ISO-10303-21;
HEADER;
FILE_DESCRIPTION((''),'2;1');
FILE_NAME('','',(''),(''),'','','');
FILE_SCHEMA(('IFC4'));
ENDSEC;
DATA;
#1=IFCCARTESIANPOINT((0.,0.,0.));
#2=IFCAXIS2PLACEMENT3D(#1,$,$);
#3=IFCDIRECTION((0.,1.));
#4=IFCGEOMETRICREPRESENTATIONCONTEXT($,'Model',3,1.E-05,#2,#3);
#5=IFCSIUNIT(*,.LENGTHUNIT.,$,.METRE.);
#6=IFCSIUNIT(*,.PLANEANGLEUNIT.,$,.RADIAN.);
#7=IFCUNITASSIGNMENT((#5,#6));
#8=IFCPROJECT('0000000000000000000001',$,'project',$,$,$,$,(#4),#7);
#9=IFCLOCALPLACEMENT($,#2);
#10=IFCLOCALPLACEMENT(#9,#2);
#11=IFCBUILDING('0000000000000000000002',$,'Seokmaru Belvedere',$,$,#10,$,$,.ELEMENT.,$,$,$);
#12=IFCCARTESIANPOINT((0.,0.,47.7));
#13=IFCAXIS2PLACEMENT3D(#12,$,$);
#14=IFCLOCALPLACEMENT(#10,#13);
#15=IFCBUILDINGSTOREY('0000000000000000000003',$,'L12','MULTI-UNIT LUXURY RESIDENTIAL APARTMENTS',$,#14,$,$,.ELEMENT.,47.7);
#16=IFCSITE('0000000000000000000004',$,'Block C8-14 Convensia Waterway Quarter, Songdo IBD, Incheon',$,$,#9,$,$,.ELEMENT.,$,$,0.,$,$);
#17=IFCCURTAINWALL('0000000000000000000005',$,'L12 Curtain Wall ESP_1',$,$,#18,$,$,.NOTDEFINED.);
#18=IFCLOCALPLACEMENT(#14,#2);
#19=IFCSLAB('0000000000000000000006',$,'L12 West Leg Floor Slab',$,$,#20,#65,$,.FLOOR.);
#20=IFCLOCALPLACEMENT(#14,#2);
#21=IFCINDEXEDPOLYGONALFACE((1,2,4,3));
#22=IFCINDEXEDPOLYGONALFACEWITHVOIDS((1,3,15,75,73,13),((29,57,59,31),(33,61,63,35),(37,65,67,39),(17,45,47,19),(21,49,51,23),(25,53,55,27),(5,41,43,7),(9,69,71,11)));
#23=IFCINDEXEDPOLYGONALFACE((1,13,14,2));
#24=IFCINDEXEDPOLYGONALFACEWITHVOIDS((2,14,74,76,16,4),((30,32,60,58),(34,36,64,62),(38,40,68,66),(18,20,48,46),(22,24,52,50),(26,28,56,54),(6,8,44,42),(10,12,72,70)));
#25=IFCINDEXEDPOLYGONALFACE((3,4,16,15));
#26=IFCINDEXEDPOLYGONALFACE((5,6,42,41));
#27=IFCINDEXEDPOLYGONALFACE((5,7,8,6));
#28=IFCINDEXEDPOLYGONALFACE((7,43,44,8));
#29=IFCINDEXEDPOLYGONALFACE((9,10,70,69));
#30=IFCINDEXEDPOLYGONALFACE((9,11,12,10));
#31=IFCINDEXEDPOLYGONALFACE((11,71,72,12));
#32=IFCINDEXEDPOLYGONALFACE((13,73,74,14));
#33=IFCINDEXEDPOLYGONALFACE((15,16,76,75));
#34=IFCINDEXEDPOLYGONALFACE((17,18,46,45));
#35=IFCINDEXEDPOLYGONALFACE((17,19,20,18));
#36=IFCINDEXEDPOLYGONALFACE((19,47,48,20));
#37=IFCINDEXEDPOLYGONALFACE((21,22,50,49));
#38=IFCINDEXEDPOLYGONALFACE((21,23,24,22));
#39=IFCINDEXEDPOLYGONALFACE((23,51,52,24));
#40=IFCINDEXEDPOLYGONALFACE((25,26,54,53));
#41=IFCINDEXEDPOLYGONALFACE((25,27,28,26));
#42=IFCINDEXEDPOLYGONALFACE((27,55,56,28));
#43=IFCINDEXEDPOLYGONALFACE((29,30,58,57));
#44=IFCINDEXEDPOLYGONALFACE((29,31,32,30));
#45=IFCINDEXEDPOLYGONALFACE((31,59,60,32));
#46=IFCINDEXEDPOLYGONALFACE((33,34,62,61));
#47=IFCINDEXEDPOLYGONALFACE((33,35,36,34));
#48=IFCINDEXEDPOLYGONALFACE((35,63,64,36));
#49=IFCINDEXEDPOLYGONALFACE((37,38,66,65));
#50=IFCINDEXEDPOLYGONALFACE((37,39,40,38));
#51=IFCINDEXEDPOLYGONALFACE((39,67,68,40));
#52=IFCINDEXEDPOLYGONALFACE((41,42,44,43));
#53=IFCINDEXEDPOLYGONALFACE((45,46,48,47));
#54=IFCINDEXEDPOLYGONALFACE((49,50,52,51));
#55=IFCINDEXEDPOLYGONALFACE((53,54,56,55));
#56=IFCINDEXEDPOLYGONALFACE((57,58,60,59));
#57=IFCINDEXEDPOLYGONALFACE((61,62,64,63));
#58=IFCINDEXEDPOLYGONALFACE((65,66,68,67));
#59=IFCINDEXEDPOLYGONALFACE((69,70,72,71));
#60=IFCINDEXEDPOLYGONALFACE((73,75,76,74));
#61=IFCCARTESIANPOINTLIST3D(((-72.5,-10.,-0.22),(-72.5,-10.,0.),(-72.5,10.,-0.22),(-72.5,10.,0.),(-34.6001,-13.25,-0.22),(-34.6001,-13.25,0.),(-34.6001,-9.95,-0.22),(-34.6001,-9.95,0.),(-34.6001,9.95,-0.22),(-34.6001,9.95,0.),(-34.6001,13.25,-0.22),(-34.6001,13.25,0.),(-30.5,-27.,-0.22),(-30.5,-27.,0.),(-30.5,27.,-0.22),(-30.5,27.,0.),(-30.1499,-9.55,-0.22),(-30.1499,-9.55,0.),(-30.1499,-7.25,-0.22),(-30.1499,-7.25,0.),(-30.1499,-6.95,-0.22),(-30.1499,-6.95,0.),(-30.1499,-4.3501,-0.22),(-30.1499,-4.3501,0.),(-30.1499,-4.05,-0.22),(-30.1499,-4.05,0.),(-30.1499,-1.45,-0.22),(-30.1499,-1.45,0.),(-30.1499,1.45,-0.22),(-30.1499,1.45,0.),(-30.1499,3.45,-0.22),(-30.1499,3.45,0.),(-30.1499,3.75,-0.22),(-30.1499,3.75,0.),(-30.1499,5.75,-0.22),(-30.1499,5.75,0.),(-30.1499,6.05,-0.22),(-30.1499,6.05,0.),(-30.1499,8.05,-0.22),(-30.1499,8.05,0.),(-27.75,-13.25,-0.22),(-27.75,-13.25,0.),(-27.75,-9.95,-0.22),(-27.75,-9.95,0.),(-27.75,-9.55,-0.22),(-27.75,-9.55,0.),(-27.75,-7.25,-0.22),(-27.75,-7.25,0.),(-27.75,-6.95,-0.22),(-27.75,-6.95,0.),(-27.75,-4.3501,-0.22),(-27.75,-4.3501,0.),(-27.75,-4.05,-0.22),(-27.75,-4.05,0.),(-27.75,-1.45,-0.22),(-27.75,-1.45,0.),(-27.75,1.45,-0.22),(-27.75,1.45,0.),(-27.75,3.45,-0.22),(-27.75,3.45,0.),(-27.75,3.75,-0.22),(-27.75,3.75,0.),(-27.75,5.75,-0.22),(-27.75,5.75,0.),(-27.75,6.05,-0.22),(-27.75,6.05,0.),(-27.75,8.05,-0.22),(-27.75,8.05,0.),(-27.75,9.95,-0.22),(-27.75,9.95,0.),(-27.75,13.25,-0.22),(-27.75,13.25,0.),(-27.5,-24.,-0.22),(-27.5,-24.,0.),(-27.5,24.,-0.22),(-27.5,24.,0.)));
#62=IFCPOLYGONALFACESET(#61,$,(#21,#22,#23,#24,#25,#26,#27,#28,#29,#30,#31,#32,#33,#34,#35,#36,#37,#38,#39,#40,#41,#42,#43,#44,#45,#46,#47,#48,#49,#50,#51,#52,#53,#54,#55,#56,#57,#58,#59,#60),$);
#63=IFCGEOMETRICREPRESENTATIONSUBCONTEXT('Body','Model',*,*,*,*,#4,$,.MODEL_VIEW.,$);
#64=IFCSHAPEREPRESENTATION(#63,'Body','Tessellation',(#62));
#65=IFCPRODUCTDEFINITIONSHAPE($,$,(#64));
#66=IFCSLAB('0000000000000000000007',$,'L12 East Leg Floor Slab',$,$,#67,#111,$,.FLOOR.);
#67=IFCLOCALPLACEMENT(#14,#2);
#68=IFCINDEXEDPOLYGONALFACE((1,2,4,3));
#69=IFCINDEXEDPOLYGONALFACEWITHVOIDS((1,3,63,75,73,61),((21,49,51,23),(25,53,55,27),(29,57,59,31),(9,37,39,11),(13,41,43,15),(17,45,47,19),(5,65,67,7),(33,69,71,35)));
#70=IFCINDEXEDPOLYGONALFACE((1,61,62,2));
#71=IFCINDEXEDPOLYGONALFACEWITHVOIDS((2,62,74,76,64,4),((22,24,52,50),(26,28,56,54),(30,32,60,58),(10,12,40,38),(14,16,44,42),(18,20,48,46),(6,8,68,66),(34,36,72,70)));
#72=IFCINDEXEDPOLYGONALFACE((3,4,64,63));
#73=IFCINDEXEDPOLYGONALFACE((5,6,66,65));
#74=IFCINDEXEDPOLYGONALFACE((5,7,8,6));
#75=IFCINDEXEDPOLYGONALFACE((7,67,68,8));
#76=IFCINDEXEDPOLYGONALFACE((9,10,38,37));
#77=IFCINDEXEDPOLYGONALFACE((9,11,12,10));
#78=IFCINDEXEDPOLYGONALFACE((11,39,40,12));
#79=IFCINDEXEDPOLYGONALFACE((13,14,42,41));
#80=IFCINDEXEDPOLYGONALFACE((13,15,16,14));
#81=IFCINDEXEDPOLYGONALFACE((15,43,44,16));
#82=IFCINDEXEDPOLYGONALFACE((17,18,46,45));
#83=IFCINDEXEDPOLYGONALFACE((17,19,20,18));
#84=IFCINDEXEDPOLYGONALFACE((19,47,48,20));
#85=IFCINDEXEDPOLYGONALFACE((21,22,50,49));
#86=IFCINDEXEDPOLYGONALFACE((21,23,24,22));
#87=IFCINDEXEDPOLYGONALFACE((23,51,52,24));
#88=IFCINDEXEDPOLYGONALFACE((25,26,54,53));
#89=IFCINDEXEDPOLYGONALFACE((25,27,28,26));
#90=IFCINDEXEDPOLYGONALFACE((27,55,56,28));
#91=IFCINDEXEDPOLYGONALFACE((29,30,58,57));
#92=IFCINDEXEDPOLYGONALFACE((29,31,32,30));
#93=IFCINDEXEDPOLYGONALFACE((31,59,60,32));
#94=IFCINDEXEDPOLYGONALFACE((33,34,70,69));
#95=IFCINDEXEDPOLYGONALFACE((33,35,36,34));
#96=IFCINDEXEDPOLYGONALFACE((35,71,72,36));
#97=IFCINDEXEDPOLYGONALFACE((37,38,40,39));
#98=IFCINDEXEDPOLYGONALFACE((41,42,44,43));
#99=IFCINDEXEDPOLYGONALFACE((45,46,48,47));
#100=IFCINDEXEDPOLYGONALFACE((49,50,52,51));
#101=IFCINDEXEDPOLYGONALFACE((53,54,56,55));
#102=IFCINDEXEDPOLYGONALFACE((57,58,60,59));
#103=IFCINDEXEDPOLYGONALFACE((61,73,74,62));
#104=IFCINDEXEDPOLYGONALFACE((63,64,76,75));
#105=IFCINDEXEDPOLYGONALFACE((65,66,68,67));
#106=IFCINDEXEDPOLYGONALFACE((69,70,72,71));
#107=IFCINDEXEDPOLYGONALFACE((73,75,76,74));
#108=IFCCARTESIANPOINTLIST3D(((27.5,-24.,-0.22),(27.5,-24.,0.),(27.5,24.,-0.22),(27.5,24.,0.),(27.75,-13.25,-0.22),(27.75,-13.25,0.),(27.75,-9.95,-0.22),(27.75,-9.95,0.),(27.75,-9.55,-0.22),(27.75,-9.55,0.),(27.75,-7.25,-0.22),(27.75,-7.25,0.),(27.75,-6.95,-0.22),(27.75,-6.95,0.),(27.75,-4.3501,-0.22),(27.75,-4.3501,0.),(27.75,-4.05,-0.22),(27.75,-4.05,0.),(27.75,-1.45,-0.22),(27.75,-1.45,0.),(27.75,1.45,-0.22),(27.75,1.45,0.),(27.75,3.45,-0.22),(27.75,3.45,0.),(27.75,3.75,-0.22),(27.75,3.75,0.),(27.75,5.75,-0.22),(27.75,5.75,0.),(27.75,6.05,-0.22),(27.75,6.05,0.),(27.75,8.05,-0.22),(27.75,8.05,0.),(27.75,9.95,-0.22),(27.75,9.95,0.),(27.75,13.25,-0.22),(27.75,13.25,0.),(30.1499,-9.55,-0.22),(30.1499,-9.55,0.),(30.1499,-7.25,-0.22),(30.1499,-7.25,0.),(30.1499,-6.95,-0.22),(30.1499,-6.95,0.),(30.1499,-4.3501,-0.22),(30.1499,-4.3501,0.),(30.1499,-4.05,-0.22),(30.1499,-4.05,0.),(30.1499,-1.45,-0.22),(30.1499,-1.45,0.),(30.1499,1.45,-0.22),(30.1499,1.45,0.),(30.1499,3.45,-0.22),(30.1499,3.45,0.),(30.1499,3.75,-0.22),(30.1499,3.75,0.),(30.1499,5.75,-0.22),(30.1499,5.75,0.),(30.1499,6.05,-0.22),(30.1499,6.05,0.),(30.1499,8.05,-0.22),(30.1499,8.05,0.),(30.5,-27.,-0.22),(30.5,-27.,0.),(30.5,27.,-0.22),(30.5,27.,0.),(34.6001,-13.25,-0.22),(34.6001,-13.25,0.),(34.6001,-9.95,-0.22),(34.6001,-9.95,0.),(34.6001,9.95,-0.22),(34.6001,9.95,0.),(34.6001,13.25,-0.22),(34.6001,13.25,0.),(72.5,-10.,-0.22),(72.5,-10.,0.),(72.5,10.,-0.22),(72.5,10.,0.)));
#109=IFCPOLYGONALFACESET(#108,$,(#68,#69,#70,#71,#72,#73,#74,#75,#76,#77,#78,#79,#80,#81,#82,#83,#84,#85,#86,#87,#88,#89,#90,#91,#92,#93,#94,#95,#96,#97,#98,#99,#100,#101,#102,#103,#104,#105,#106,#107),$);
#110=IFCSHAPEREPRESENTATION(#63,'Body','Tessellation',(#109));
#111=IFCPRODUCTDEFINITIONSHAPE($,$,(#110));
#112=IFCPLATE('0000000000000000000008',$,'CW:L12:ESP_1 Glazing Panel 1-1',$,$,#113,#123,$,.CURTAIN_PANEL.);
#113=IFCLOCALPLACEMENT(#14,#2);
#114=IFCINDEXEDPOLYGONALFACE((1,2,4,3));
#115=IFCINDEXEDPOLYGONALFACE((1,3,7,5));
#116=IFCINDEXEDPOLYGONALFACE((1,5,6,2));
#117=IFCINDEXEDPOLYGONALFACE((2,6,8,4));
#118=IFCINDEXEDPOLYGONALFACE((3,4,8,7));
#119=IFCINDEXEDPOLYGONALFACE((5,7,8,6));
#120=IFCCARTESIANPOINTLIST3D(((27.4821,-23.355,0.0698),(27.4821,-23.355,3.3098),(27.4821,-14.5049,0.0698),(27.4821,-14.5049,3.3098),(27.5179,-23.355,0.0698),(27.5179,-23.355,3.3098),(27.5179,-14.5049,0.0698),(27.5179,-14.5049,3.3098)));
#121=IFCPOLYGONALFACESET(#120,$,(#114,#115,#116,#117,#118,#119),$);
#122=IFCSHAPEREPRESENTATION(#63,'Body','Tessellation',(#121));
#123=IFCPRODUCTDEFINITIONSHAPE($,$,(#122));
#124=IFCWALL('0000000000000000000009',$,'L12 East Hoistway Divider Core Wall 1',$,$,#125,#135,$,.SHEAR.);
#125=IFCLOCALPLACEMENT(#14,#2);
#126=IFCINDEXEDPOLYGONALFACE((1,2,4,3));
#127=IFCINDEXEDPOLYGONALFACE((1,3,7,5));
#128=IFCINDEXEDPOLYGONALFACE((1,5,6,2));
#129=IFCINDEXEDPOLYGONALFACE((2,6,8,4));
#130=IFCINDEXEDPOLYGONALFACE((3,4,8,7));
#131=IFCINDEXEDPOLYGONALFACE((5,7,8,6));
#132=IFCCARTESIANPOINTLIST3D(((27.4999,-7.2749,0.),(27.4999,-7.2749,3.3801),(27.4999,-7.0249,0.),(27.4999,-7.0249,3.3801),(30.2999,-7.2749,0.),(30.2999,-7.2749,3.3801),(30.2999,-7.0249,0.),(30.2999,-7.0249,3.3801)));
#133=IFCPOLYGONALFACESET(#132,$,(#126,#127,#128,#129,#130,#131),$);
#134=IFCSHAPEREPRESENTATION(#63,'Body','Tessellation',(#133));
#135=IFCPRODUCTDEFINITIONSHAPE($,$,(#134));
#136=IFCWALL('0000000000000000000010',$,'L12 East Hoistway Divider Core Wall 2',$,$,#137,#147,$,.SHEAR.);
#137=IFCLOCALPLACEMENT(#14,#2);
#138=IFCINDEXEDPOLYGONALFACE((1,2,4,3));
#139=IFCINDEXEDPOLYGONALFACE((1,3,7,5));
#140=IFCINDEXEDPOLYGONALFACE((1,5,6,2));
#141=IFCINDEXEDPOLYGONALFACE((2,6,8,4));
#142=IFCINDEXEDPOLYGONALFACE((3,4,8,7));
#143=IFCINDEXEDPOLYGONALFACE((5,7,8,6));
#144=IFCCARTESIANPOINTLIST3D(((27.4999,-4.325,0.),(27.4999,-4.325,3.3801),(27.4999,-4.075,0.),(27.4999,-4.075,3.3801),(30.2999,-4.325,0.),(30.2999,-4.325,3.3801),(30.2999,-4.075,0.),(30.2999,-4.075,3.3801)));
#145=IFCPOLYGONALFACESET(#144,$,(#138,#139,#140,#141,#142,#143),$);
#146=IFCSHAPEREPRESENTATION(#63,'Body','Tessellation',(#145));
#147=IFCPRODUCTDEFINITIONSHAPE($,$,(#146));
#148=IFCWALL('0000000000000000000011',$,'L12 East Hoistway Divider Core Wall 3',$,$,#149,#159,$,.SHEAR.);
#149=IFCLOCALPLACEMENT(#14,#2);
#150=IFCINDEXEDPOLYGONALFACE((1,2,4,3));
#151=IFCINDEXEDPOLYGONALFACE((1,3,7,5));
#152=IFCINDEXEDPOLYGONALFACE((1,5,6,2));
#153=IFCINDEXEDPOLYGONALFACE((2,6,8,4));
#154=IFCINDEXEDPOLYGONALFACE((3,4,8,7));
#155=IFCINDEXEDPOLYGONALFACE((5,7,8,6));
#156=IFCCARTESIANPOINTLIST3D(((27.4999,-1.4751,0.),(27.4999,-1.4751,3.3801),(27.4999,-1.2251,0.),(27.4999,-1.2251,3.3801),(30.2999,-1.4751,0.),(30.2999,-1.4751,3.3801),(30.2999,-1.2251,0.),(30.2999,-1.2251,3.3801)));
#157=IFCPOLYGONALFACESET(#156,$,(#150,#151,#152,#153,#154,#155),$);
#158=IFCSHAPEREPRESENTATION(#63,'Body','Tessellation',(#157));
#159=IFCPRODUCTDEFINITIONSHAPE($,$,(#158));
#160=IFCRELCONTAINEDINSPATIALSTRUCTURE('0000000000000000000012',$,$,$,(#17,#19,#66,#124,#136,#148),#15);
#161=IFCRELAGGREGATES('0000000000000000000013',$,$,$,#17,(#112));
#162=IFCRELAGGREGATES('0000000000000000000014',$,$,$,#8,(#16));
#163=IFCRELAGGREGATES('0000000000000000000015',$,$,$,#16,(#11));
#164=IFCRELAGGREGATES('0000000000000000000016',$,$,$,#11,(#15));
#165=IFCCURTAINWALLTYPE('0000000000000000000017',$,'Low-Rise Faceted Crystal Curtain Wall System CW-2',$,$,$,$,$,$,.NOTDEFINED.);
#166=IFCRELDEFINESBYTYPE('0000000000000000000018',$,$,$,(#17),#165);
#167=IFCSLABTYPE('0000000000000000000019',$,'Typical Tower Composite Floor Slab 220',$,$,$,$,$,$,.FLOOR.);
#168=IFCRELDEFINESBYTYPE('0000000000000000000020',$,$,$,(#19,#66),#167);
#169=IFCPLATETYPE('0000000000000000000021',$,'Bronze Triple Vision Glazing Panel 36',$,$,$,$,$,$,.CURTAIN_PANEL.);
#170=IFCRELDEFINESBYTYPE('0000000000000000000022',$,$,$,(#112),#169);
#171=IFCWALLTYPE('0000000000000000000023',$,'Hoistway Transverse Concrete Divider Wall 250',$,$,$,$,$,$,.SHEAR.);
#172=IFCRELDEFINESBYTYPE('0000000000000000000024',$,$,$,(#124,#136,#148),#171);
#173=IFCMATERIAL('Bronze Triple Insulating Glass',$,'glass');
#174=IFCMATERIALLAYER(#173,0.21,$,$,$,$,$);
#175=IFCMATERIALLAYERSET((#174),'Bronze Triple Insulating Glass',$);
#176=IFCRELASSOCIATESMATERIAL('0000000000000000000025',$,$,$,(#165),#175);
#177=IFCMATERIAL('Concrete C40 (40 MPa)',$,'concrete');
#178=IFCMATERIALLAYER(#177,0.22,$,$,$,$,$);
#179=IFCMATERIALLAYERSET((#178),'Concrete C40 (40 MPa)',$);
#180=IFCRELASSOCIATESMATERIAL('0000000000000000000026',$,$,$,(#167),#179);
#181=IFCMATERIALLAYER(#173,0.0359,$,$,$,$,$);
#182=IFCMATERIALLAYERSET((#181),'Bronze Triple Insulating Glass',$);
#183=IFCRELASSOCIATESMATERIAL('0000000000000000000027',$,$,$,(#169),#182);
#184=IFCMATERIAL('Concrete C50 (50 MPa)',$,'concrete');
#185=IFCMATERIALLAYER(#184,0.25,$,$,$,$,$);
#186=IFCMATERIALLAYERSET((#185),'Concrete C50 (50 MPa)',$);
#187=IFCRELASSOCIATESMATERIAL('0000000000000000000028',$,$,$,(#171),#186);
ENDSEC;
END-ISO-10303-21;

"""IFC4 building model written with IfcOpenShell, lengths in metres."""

from ifc_helpers import new_model, si_unit, direction, frame, frame_2d, origin, origin_2d, place, context, subcontext, project, spatial, polyline, rectangle, outline, extrude, source, transform, mapped, material, layer, layer_set, type_object, type_shapes, element, aggregate, save


model = new_model("IFC4")

# Units and contexts
model_context = context("Model", 3, precision=1e-05, world=origin(), true_north=direction((0.0, 1.0)))
body_context = subcontext(model_context, "Body", "Model", "MODEL_VIEW")
ifc_project = project(units=[si_unit("LENGTHUNIT", "METRE"), si_unit("PLANEANGLEUNIT", "RADIAN")], contexts=[model_context])

# Site, building, storey
site_placement = place(None, origin())
site = spatial("IfcSite", under=ifc_project, at=site_placement, Name="Block C8-14 Convensia Waterway Quarter, Songdo IBD, Incheon", CompositionType="ELEMENT", RefElevation=0.0)
building_placement = place(site_placement, origin())
building = spatial("IfcBuilding", under=site, at=building_placement, Name="Seokmaru Belvedere", CompositionType="ELEMENT")
storey_placement = place(building_placement, frame((0.0, 0.0, 47.7)))
storey = spatial("IfcBuildingStorey", under=building, at=storey_placement, Name="L12", Description="MULTI-UNIT LUXURY RESIDENTIAL APARTMENTS", CompositionType="ELEMENT", Elevation=47.7)

# Curtain wall
ifc_material_1 = material(Name="Bronze Triple Insulating Glass", Category="glass")
ifc_layer_1 = layer(ifc_material_1, 0.21)
ifc_layer_set_1 = layer_set([ifc_layer_1], Name="Bronze Triple Insulating Glass")
curtain_wall_type = type_object("IfcCurtainWallType", Name="Low-Rise Faceted Crystal Curtain Wall System CW-2", PredefinedType="NOTDEFINED", material=ifc_layer_set_1)
curtain_wall_1_placement = place(storey_placement, origin())
curtain_wall_1 = element("IfcCurtainWall", 1, at=curtain_wall_1_placement, inside=storey, type_object=curtain_wall_type, Name="L12 Curtain Wall ESP_1", PredefinedType="NOTDEFINED")

# Shared definitions
ifc_material_2 = material(Name="Concrete C40 (40 MPa)", Category="concrete")

# Slabs
ifc_layer_2 = layer(ifc_material_2, 0.22)
ifc_layer_set_2 = layer_set([ifc_layer_2], Name="Concrete C40 (40 MPa)")
slab_type_1 = type_object("IfcSlabType", Name="Typical Tower Composite Floor Slab 220", PredefinedType="FLOOR", material=ifc_layer_set_2)
slab_1_placement = place(storey_placement, frame((0.0, 0.0, -0.22)))
element("IfcSlab", 2, at=slab_1_placement, inside=storey, type_object=slab_type_1, Name="L12 West Leg Floor Slab", PredefinedType="FLOOR", context=body_context, shape_type="SweptSolid", body=[
    extrude(outline(polyline([(-27.5, -24.0), (-27.5, 24.0), (-30.5, 27.0), (-72.5, 10.0), (-72.5, -10.0), (-30.5, -27.0), (-27.5, -24.0)]), holes=[polyline([(-34.6001, -13.25), (-27.75, -13.25), (-27.75, -9.95), (-34.6001, -9.95), (-34.6001, -13.25)]), polyline([(-34.6001, 9.95), (-27.75, 9.95), (-27.75, 13.25), (-34.6001, 13.25), (-34.6001, 9.95)]), polyline([(-30.1499, -9.55), (-27.75, -9.55), (-27.75, -7.25), (-30.1499, -7.25), (-30.1499, -9.55)]), polyline([(-30.1499, -6.95), (-27.75, -6.95), (-27.75, -4.3501), (-30.1499, -4.3501), (-30.1499, -6.95)]), polyline([(-30.1499, -4.05), (-27.75, -4.05), (-27.75, -1.45), (-30.1499, -1.45), (-30.1499, -4.05)]), polyline([(-30.1499, 1.45), (-27.75, 1.45), (-27.75, 3.45), (-30.1499, 3.45), (-30.1499, 1.45)]), polyline([(-30.1499, 3.75), (-27.75, 3.75), (-27.75, 5.75), (-30.1499, 5.75), (-30.1499, 3.75)]), polyline([(-30.1499, 6.05), (-27.75, 6.05), (-27.75, 8.05), (-30.1499, 8.05), (-30.1499, 6.05)])]), origin(), (0.0, 0.0, 1.0), 0.22),
])
slab_2_placement = place(storey_placement, frame((0.0, 0.0, -0.22)))
element("IfcSlab", 3, at=slab_2_placement, inside=storey, type_object=slab_type_1, Name="L12 East Leg Floor Slab", PredefinedType="FLOOR", context=body_context, shape_type="SweptSolid", body=[
    extrude(outline(polyline([(30.5, -27.0), (72.5, -10.0), (72.5, 10.0), (30.5, 27.0), (27.5, 24.0), (27.5, -24.0), (30.5, -27.0)]), holes=[polyline([(27.75, -13.25), (34.6001, -13.25), (34.6001, -9.95), (27.75, -9.95), (27.75, -13.25)]), polyline([(27.75, 9.95), (34.6001, 9.95), (34.6001, 13.25), (27.75, 13.25), (27.75, 9.95)]), polyline([(27.75, -9.55), (30.1499, -9.55), (30.1499, -7.25), (27.75, -7.25), (27.75, -9.55)]), polyline([(27.75, -6.95), (30.1499, -6.95), (30.1499, -4.3501), (27.75, -4.3501), (27.75, -6.95)]), polyline([(27.75, -4.05), (30.1499, -4.05), (30.1499, -1.45), (27.75, -1.45), (27.75, -4.05)]), polyline([(27.75, 1.45), (30.1499, 1.45), (30.1499, 3.45), (27.75, 3.45), (27.75, 1.45)]), polyline([(27.75, 3.75), (30.1499, 3.75), (30.1499, 5.75), (27.75, 5.75), (27.75, 3.75)]), polyline([(27.75, 6.05), (30.1499, 6.05), (30.1499, 8.05), (27.75, 8.05), (27.75, 6.05)])]), origin(), (0.0, 0.0, 1.0), 0.22),
])

# Plate
ifc_layer_3 = layer(ifc_material_1, 0.0359)
ifc_layer_set_3 = layer_set([ifc_layer_3], Name="Bronze Triple Insulating Glass")
plate_type = type_object("IfcPlateType", Name="Bronze Triple Vision Glazing Panel 36", PredefinedType="CURTAIN_PANEL", material=ifc_layer_set_3)
shared_shape_1 = source(origin(), body_context, "Body", "SweptSolid", [
    extrude(rectangle(XDim=8.8501, YDim=0.0359, at=origin_2d()), origin(), (0.0, 0.0, 1.0), 3.24),
])
type_shapes(plate_type, [shared_shape_1])
plate_placement = place(storey_placement, frame((27.5, -18.9299, 0.0698), z_axis=(0.0, 0.0, 1.0), x_axis=(0.0, -1.0, 0.0)))
plate = element("IfcPlate", 4, at=plate_placement, type_object=plate_type, Name="CW:L12:ESP_1 Glazing Panel 1-1", PredefinedType="CURTAIN_PANEL", context=body_context, shape_type="MappedRepresentation", body=[
    mapped(shared_shape_1, transform((0.0, 0.0, 0.0), scale=1.0)),
])
aggregate(curtain_wall_1, [plate])

# Walls
ifc_material_3 = material(Name="Concrete C50 (50 MPa)", Category="concrete")
ifc_layer_4 = layer(ifc_material_3, 0.25)
ifc_layer_set_4 = layer_set([ifc_layer_4], Name="Concrete C50 (50 MPa)")
wall_type_1 = type_object("IfcWallType", Name="Hoistway Transverse Concrete Divider Wall 250", PredefinedType="SHEAR", material=ifc_layer_set_4)
for number, where, z_axis, x_axis, name in (
    (5, (27.5, -7.1499, 0.0), (0.0, 0.0, 1.0), (1.0, 0.0, 0.0), "L12 East Hoistway Divider Core Wall 1"),
    (6, (27.5, -4.2, 0.0), (0.0, 0.0, 1.0), (1.0, 0.0, 0.0), "L12 East Hoistway Divider Core Wall 2"),
    (7, (27.5, -1.3501, 0.0), (0.0, 0.0, 1.0), (1.0, 0.0, 0.0), "L12 East Hoistway Divider Core Wall 3"),
):
    element("IfcWall", number, at=place(storey_placement, frame(where, z_axis=z_axis, x_axis=x_axis)), inside=storey, type_object=wall_type_1, Name=name, PredefinedType="SHEAR", context=body_context, shape_type="SweptSolid", body=[
        extrude(rectangle(XDim=2.8, YDim=0.25, at=frame_2d((1.3999, 0.0))), origin(), (0.0, 0.0, 1.0), 3.3801),
    ])

save(model, "model.ifc")
